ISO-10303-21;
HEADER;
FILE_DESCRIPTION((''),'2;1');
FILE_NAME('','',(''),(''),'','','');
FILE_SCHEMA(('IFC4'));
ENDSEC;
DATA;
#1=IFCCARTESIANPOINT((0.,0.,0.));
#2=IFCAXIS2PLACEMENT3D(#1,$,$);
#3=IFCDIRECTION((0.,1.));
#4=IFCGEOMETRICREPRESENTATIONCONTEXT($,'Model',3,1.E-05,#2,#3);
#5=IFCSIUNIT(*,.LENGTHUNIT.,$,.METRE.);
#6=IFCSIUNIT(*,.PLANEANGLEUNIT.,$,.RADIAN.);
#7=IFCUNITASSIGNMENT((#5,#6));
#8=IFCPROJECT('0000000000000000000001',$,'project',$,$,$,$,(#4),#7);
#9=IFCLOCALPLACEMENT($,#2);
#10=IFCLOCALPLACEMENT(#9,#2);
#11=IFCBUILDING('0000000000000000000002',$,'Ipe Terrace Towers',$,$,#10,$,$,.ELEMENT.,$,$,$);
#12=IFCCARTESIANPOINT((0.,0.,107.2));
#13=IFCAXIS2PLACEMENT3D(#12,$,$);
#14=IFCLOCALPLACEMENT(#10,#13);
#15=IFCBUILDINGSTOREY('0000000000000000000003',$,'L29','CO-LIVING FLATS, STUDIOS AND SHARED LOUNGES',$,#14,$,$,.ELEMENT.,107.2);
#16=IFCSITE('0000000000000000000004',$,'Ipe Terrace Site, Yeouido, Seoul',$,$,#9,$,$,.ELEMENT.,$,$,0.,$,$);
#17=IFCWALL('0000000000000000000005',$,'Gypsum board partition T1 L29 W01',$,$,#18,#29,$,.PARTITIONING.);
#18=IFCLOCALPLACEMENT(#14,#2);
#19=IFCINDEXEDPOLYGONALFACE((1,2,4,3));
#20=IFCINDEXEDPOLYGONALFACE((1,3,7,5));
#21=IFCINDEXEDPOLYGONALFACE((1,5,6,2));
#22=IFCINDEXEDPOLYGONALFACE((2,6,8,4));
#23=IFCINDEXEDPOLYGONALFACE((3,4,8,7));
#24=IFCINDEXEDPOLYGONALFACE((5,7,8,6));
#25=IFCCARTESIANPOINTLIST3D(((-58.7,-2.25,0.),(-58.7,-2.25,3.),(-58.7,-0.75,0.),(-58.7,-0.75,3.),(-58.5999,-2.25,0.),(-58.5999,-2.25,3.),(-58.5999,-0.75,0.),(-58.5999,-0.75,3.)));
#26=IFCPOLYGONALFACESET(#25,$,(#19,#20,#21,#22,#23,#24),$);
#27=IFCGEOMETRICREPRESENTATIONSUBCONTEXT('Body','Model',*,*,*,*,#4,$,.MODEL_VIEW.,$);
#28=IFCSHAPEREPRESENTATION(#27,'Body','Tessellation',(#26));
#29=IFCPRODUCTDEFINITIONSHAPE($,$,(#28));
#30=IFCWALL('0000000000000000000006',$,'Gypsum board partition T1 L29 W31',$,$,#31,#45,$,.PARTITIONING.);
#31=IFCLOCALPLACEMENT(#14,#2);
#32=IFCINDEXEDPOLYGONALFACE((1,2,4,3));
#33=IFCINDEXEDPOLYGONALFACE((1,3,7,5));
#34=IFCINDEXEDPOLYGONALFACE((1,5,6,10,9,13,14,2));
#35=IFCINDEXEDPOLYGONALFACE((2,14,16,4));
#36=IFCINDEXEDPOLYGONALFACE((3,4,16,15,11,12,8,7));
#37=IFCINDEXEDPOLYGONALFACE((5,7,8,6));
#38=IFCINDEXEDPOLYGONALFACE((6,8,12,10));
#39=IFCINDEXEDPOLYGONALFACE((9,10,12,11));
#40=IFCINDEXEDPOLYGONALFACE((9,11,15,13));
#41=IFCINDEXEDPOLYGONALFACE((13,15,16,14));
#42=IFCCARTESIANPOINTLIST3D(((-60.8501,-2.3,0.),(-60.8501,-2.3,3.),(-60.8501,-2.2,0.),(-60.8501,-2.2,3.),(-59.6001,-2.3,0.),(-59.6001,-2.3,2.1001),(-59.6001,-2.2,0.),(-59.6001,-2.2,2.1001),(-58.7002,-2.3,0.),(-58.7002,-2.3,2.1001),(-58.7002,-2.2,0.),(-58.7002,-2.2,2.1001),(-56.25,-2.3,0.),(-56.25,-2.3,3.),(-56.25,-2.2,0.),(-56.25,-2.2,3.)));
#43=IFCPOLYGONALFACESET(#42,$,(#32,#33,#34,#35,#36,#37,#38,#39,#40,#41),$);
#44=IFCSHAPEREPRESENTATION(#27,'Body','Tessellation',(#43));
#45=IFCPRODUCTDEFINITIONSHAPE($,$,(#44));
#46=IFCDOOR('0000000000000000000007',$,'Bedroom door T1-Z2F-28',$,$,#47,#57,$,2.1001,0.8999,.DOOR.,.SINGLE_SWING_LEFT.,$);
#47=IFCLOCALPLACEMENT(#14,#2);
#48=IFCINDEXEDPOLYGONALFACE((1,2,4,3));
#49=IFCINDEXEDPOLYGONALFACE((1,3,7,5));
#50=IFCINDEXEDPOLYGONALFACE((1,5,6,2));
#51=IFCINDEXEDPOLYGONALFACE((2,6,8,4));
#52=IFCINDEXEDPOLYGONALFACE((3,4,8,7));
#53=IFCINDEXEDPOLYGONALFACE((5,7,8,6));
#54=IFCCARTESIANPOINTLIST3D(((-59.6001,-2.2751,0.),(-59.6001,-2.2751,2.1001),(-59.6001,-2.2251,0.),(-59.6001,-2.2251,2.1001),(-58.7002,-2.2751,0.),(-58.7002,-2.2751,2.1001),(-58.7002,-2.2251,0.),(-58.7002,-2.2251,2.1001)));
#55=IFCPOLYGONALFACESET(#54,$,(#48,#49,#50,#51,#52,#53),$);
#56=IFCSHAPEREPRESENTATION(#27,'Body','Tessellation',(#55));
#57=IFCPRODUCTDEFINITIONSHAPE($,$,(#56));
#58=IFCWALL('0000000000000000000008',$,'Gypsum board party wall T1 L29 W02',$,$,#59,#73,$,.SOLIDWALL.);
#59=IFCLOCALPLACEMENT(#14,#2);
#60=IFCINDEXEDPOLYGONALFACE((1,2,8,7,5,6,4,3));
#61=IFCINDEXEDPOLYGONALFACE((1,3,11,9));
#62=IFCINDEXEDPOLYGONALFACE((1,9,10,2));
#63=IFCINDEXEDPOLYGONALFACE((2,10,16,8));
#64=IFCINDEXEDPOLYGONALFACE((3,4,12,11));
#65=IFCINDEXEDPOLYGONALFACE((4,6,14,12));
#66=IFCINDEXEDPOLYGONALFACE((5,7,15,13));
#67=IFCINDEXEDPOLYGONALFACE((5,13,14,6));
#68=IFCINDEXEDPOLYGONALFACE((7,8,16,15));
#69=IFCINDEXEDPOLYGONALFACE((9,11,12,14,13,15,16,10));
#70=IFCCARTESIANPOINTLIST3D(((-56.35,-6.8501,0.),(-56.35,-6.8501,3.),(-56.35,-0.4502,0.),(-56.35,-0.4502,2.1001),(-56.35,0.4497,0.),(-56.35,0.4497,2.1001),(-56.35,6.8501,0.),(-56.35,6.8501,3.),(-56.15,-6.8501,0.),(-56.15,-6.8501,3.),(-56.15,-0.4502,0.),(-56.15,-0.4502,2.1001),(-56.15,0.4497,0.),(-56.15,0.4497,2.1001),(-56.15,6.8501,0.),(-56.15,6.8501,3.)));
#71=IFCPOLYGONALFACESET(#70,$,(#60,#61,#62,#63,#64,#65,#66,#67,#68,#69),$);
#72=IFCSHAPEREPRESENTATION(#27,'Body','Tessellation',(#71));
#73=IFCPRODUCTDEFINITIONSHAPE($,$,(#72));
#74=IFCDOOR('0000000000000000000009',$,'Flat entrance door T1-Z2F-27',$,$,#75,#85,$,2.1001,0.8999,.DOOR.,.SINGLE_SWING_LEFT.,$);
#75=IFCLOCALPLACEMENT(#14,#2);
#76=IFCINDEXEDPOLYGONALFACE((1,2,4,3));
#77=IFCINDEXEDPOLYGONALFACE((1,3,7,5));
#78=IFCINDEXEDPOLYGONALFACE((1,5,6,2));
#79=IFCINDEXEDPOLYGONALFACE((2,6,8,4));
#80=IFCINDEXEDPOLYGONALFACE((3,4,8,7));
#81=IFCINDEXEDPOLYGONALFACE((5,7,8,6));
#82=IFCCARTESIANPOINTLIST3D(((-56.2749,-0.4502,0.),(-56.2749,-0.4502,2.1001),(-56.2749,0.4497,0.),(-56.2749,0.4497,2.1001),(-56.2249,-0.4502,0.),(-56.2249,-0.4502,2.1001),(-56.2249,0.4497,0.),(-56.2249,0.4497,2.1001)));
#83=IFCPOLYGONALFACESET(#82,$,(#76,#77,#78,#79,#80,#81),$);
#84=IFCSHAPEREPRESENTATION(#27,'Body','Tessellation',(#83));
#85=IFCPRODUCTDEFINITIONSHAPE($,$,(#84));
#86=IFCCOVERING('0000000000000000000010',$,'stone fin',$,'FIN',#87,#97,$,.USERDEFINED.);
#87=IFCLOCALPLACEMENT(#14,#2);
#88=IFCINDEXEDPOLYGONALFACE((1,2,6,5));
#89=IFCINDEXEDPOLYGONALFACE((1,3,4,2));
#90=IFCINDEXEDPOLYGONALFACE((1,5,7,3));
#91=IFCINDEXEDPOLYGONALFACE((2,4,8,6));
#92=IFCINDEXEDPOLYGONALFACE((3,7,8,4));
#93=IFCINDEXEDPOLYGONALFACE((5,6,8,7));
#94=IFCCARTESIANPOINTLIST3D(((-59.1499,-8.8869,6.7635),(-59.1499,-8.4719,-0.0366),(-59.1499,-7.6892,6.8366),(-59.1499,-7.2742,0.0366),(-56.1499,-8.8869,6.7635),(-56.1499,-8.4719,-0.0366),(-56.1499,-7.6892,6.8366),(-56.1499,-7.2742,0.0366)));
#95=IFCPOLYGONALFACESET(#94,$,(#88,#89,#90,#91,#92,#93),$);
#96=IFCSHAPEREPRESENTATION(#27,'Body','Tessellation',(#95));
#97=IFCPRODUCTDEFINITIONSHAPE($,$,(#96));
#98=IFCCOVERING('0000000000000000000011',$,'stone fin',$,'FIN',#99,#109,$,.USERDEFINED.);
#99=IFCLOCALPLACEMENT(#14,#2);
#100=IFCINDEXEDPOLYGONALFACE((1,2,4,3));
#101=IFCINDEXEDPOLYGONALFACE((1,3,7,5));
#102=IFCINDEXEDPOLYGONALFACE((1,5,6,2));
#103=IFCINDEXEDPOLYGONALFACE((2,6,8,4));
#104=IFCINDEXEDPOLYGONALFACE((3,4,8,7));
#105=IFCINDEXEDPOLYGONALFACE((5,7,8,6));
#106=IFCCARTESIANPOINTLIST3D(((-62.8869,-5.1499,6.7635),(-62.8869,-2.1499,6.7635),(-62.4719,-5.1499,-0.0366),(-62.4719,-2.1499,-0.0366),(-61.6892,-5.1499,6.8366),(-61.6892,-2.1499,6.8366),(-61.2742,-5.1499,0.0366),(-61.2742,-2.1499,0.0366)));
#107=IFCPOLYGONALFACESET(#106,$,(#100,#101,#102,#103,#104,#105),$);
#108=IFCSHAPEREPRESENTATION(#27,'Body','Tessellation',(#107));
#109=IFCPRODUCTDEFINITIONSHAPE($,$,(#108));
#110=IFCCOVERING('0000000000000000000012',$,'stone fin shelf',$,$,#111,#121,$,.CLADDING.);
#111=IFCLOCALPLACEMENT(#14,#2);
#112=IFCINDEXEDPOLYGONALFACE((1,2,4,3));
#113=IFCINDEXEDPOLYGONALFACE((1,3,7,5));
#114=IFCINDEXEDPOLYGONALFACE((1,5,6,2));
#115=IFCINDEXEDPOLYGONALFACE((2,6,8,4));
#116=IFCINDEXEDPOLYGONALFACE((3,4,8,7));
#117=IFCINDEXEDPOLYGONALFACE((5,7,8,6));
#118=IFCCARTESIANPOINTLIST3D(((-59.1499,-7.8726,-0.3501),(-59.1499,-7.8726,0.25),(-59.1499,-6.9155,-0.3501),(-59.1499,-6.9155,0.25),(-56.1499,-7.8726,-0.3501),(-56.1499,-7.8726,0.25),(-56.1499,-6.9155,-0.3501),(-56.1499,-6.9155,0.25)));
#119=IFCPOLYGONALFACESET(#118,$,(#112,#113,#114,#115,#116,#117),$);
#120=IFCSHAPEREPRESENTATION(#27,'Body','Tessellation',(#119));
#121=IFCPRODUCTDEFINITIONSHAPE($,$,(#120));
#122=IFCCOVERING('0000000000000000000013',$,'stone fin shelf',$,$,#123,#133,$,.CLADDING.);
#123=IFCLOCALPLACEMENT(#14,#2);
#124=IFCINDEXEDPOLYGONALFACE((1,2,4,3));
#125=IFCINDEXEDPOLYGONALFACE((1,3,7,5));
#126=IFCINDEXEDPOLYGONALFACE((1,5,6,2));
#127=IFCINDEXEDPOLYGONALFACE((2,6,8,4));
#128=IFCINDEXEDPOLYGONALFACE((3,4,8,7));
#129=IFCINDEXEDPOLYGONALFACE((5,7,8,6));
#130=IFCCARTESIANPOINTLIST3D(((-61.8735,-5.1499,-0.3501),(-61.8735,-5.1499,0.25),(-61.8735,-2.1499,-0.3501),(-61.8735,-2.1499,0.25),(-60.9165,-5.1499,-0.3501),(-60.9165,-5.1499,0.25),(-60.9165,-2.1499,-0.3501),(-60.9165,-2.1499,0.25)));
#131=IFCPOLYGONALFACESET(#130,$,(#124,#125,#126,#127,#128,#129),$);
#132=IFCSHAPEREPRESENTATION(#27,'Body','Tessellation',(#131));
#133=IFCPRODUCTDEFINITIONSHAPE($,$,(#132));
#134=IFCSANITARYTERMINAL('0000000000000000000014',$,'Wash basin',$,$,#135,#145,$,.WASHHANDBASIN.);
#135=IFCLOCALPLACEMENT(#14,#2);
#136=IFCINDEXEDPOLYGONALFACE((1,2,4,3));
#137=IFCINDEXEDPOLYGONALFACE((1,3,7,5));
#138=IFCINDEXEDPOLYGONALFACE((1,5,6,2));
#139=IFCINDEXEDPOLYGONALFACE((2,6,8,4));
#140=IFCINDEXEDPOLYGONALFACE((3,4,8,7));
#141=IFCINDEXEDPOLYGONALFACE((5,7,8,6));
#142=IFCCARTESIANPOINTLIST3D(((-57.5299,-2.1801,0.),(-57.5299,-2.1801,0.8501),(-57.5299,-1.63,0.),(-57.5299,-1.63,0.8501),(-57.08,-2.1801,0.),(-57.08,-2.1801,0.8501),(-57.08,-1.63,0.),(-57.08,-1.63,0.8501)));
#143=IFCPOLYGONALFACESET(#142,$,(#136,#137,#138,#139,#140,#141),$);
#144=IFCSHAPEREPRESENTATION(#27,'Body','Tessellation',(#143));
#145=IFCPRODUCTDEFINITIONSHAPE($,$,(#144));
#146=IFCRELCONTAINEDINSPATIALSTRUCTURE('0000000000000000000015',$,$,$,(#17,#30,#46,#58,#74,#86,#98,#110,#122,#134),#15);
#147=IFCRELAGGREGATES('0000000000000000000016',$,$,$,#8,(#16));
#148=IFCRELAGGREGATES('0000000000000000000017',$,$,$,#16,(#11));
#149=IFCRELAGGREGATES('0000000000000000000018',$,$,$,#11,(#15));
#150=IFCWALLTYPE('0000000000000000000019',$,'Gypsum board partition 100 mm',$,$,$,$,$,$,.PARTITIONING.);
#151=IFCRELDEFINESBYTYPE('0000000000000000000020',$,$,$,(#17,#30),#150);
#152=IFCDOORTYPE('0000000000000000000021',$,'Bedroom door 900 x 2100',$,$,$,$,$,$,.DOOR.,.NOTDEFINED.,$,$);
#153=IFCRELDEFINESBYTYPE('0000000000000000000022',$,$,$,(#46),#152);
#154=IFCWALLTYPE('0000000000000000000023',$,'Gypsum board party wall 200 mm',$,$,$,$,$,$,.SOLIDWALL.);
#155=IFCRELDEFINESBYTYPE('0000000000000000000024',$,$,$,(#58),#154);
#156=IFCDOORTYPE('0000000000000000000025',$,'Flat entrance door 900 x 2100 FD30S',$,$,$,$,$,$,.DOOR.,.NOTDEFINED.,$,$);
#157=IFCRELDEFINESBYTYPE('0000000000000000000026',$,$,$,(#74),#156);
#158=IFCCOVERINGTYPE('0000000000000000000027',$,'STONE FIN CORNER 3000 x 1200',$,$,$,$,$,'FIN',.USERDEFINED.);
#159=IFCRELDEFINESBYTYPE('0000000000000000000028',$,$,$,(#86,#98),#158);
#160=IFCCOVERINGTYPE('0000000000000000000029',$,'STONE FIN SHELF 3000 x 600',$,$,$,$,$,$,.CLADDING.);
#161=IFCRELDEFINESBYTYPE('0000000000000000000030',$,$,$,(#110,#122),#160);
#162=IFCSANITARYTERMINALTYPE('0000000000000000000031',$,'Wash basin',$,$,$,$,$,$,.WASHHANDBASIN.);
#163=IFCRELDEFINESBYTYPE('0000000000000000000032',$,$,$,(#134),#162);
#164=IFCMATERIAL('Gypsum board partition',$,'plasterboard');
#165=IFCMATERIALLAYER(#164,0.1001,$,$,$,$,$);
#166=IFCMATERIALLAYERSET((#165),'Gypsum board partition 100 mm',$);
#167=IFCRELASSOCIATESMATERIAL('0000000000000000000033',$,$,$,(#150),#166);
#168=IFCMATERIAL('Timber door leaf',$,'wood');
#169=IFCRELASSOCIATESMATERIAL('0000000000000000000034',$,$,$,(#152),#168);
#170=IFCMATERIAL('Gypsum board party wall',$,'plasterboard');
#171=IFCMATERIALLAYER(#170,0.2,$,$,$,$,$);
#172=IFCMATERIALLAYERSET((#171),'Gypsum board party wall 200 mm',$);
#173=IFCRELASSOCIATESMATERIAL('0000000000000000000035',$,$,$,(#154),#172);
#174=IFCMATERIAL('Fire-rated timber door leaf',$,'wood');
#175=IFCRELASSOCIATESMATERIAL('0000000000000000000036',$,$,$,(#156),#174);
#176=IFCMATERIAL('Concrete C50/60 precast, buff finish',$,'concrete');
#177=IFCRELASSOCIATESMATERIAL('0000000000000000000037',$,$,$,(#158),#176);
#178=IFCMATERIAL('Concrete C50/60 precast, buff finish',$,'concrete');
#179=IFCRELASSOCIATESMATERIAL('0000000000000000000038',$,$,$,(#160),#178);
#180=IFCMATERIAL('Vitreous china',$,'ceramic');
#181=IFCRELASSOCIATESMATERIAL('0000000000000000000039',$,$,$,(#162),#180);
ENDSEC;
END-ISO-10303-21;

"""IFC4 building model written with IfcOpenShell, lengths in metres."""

from ifc_helpers import new_model, si_unit, direction, frame, frame_2d, origin, origin_2d, place, context, subcontext, project, spatial, rectangle, extrude, material, layer, layer_set, material_profile, profile_set, type_object, element, fill, save


model = new_model("IFC4")

# Units and contexts
model_context = context("Model", 3, precision=1e-05, world=origin(), true_north=direction((0.0, 1.0)))
body_context = subcontext(model_context, "Body", "Model", "MODEL_VIEW")
ifc_project = project(units=[si_unit("LENGTHUNIT", "METRE"), si_unit("PLANEANGLEUNIT", "RADIAN")], contexts=[model_context])

# Site, building, storey
site_placement = place(None, origin())
site = spatial("IfcSite", under=ifc_project, at=site_placement, Name="Ipe Terrace Site, Yeouido, Seoul", CompositionType="ELEMENT", RefElevation=0.0)
building_placement = place(site_placement, origin())
building = spatial("IfcBuilding", under=site, at=building_placement, Name="Ipe Terrace Towers", CompositionType="ELEMENT")
storey_placement = place(building_placement, frame((0.0, 0.0, 107.2)))
storey = spatial("IfcBuildingStorey", under=building, at=storey_placement, Name="L29", Description="CO-LIVING FLATS, STUDIOS AND SHARED LOUNGES", CompositionType="ELEMENT", Elevation=107.2)

# Wall
ifc_material_1 = material(Name="Gypsum board partition", Category="plasterboard")
ifc_layer_1 = layer(ifc_material_1, 0.1001)
ifc_layer_set_1 = layer_set([ifc_layer_1], Name="Gypsum board partition 100 mm")
wall_type_1 = type_object("IfcWallType", Name="Gypsum board partition 100 mm", PredefinedType="PARTITIONING", material=ifc_layer_set_1)
wall_1_placement = place(storey_placement, frame((-58.6499, -2.25, 0.0), z_axis=(0.0, 0.0, 1.0), x_axis=(0.0, 1.0, 0.0)))
element("IfcWall", 1, at=wall_1_placement, inside=storey, type_object=wall_type_1, Name="Gypsum board partition T1 L29 W01", PredefinedType="PARTITIONING", context=body_context, shape_type="SweptSolid", body=[
    extrude(rectangle(XDim=1.5, YDim=0.1001, at=frame_2d((0.75, 0.0))), origin(), (0.0, 0.0, 1.0), 3.0),
])

# Walls, openings, doors
wall_2_placement = place(storey_placement, frame((-60.8501, -2.25, 0.0), z_axis=(0.0, 0.0, 1.0), x_axis=(1.0, 0.0, 0.0)))
wall_2 = element("IfcWall", 2, at=wall_2_placement, inside=storey, type_object=wall_type_1, Name="Gypsum board partition T1 L29 W31", PredefinedType="PARTITIONING", context=body_context, shape_type="SweptSolid", body=[
    extrude(rectangle(XDim=4.6001, YDim=0.1001, at=frame_2d((2.3, 0.0))), origin(), (0.0, 0.0, 1.0), 3.0),
])
opening_1_placement = place(wall_2_placement, frame((1.25, 0.0, 0.0)))
opening_1 = element("IfcOpeningElement", 3, at=opening_1_placement, cuts=wall_2, PredefinedType="OPENING", context=body_context, shape_type="SweptSolid", body=[
    extrude(rectangle(XDim=0.8999, YDim=2.1001, at=frame_2d((0.45, 1.05))), frame((0.0, 0.0601, 0.0), z_axis=(0.0, -1.0, 0.0), x_axis=(1.0, 0.0, 0.0)), (0.0, 0.0, 1.0), 0.1201),
])
ifc_material_2 = material(Name="Timber door leaf", Category="wood")
door_type_1 = type_object("IfcDoorType", Name="Bedroom door 900 x 2100", OperationType="NOTDEFINED", PredefinedType="DOOR", material=ifc_material_2)
door_1_placement = place(opening_1_placement, origin())
door_1 = element("IfcDoor", 4, at=door_1_placement, inside=storey, type_object=door_type_1, Name="Bedroom door T1-Z2F-28", OperationType="SINGLE_SWING_LEFT", OverallHeight=2.1001, OverallWidth=0.8999, PredefinedType="DOOR", context=body_context, shape_type="SweptSolid", body=[
    extrude(rectangle(XDim=0.8999, YDim=2.1001, at=frame_2d((0.45, 1.05))), frame((0.0, 0.0249, 0.0), z_axis=(0.0, -1.0, 0.0), x_axis=(1.0, 0.0, 0.0)), (0.0, 0.0, 1.0), 0.05),
])
fill(opening_1, door_1)
ifc_material_3 = material(Name="Gypsum board party wall", Category="plasterboard")
ifc_layer_2 = layer(ifc_material_3, 0.2)
ifc_layer_set_2 = layer_set([ifc_layer_2], Name="Gypsum board party wall 200 mm")
wall_type_2 = type_object("IfcWallType", Name="Gypsum board party wall 200 mm", PredefinedType="SOLIDWALL", material=ifc_layer_set_2)
wall_3_placement = place(storey_placement, frame((-56.25, -6.8501, 0.0), z_axis=(0.0, 0.0, 1.0), x_axis=(0.0, 1.0, 0.0)))
wall_3 = element("IfcWall", 5, at=wall_3_placement, inside=storey, type_object=wall_type_2, Name="Gypsum board party wall T1 L29 W02", PredefinedType="SOLIDWALL", context=body_context, shape_type="SweptSolid", body=[
    extrude(rectangle(XDim=13.7002, YDim=0.2, at=frame_2d((6.8501, 0.0))), origin(), (0.0, 0.0, 1.0), 3.0),
])
opening_2_placement = place(wall_3_placement, frame((6.3999, 0.0, 0.0)))
opening_2 = element("IfcOpeningElement", 6, at=opening_2_placement, cuts=wall_3, PredefinedType="OPENING", context=body_context, shape_type="SweptSolid", body=[
    extrude(rectangle(XDim=0.8999, YDim=2.1001, at=frame_2d((0.45, 1.05))), frame((0.0, 0.1099, 0.0), z_axis=(0.0, -1.0, 0.0), x_axis=(1.0, 0.0, 0.0)), (0.0, 0.0, 1.0), 0.22),
])
ifc_material_4 = material(Name="Fire-rated timber door leaf", Category="wood")
door_type_2 = type_object("IfcDoorType", Name="Flat entrance door 900 x 2100 FD30S", OperationType="NOTDEFINED", PredefinedType="DOOR", material=ifc_material_4)
door_2_placement = place(opening_2_placement, origin())
door_2 = element("IfcDoor", 7, at=door_2_placement, inside=storey, type_object=door_type_2, Name="Flat entrance door T1-Z2F-27", OperationType="SINGLE_SWING_LEFT", OverallHeight=2.1001, OverallWidth=0.8999, PredefinedType="DOOR", context=body_context, shape_type="SweptSolid", body=[
    extrude(rectangle(XDim=0.8999, YDim=2.1001, at=frame_2d((0.45, 1.05))), frame((0.0, 0.0249, 0.0), z_axis=(0.0, -1.0, 0.0), x_axis=(1.0, 0.0, 0.0)), (0.0, 0.0, 1.0), 0.05),
])
fill(opening_2, door_2)

# Coverings
ifc_material_5 = material(Name="Concrete C50/60 precast, buff finish", Category="concrete")
ifc_material_profile_1 = material_profile(ifc_material_5, rectangle(XDim=3.0, YDim=1.2, at=origin_2d()), Name="STONE FIN CORNER 3000 x 1200")
ifc_profile_set_1 = profile_set([ifc_material_profile_1], Name="Concrete C50/60 precast, buff finish")
covering_type_1 = type_object("IfcCoveringType", Name="STONE FIN CORNER 3000 x 1200", ElementType="FIN", PredefinedType="USERDEFINED", material=ifc_profile_set_1)
for number, where, z_axis, x_axis, name in (
    (8, (-57.6499, -7.873, 0.0), (0.0, -0.060921, 0.998143), (1.0, 0.0, 0.0), "stone fin"),
    (9, (-61.873, -3.6499, 0.0), (-0.060921, 0.0, 0.998143), (0.0, -1.0, 0.0), "stone fin"),
):
    element("IfcCovering", number, at=place(storey_placement, frame(where, z_axis=z_axis, x_axis=x_axis)), inside=storey, type_object=covering_type_1, Name=name, ObjectType="FIN", PredefinedType="USERDEFINED", context=body_context, shape_type="SweptSolid", body=[
        extrude(rectangle(XDim=3.0, YDim=1.2, at=origin_2d()), origin(), (0.0, 0.0, 1.0), 6.8127),
    ])
ifc_material_6 = material(Name="Concrete C50/60 precast, buff finish", Category="concrete")
covering_type_2 = type_object("IfcCoveringType", Name="STONE FIN SHELF 3000 x 600", PredefinedType="CLADDING", material=ifc_material_6)
for number, where, z_axis, x_axis, name in (
    (10, (-57.6499, -7.394, -0.3501), (0.0, 0.0, 1.0), (1.0, 0.0, 0.0), "stone fin shelf"),
    (11, (-61.395, -3.6499, -0.3501), (0.0, 0.0, 1.0), (0.0, -1.0, 0.0), "stone fin shelf"),
):
    element("IfcCovering", number, at=place(storey_placement, frame(where, z_axis=z_axis, x_axis=x_axis)), inside=storey, type_object=covering_type_2, Name=name, PredefinedType="CLADDING", context=body_context, shape_type="SweptSolid", body=[
        extrude(rectangle(XDim=3.0, YDim=0.957, at=origin_2d()), origin(), (0.0, 0.0, 1.0), 0.6001),
    ])

# Sanitary terminal
ifc_material_7 = material(Name="Vitreous china", Category="ceramic")
sanitary_terminal_type = type_object("IfcSanitaryTerminalType", Name="Wash basin", PredefinedType="WASHHANDBASIN", material=ifc_material_7)
sanitary_terminal_placement = place(storey_placement, frame((-57.3049, -1.905, 0.0), z_axis=(0.0, 0.0, 1.0), x_axis=(0.0, 1.0, 0.0)))
element("IfcSanitaryTerminal", 12, at=sanitary_terminal_placement, inside=storey, type_object=sanitary_terminal_type, Name="Wash basin", PredefinedType="WASHHANDBASIN", context=body_context, shape_type="SweptSolid", body=[
    extrude(rectangle(XDim=0.55, YDim=0.45, at=origin_2d()), origin(), (0.0, 0.0, 1.0), 0.8501),
])

save(model, "model.ifc")
